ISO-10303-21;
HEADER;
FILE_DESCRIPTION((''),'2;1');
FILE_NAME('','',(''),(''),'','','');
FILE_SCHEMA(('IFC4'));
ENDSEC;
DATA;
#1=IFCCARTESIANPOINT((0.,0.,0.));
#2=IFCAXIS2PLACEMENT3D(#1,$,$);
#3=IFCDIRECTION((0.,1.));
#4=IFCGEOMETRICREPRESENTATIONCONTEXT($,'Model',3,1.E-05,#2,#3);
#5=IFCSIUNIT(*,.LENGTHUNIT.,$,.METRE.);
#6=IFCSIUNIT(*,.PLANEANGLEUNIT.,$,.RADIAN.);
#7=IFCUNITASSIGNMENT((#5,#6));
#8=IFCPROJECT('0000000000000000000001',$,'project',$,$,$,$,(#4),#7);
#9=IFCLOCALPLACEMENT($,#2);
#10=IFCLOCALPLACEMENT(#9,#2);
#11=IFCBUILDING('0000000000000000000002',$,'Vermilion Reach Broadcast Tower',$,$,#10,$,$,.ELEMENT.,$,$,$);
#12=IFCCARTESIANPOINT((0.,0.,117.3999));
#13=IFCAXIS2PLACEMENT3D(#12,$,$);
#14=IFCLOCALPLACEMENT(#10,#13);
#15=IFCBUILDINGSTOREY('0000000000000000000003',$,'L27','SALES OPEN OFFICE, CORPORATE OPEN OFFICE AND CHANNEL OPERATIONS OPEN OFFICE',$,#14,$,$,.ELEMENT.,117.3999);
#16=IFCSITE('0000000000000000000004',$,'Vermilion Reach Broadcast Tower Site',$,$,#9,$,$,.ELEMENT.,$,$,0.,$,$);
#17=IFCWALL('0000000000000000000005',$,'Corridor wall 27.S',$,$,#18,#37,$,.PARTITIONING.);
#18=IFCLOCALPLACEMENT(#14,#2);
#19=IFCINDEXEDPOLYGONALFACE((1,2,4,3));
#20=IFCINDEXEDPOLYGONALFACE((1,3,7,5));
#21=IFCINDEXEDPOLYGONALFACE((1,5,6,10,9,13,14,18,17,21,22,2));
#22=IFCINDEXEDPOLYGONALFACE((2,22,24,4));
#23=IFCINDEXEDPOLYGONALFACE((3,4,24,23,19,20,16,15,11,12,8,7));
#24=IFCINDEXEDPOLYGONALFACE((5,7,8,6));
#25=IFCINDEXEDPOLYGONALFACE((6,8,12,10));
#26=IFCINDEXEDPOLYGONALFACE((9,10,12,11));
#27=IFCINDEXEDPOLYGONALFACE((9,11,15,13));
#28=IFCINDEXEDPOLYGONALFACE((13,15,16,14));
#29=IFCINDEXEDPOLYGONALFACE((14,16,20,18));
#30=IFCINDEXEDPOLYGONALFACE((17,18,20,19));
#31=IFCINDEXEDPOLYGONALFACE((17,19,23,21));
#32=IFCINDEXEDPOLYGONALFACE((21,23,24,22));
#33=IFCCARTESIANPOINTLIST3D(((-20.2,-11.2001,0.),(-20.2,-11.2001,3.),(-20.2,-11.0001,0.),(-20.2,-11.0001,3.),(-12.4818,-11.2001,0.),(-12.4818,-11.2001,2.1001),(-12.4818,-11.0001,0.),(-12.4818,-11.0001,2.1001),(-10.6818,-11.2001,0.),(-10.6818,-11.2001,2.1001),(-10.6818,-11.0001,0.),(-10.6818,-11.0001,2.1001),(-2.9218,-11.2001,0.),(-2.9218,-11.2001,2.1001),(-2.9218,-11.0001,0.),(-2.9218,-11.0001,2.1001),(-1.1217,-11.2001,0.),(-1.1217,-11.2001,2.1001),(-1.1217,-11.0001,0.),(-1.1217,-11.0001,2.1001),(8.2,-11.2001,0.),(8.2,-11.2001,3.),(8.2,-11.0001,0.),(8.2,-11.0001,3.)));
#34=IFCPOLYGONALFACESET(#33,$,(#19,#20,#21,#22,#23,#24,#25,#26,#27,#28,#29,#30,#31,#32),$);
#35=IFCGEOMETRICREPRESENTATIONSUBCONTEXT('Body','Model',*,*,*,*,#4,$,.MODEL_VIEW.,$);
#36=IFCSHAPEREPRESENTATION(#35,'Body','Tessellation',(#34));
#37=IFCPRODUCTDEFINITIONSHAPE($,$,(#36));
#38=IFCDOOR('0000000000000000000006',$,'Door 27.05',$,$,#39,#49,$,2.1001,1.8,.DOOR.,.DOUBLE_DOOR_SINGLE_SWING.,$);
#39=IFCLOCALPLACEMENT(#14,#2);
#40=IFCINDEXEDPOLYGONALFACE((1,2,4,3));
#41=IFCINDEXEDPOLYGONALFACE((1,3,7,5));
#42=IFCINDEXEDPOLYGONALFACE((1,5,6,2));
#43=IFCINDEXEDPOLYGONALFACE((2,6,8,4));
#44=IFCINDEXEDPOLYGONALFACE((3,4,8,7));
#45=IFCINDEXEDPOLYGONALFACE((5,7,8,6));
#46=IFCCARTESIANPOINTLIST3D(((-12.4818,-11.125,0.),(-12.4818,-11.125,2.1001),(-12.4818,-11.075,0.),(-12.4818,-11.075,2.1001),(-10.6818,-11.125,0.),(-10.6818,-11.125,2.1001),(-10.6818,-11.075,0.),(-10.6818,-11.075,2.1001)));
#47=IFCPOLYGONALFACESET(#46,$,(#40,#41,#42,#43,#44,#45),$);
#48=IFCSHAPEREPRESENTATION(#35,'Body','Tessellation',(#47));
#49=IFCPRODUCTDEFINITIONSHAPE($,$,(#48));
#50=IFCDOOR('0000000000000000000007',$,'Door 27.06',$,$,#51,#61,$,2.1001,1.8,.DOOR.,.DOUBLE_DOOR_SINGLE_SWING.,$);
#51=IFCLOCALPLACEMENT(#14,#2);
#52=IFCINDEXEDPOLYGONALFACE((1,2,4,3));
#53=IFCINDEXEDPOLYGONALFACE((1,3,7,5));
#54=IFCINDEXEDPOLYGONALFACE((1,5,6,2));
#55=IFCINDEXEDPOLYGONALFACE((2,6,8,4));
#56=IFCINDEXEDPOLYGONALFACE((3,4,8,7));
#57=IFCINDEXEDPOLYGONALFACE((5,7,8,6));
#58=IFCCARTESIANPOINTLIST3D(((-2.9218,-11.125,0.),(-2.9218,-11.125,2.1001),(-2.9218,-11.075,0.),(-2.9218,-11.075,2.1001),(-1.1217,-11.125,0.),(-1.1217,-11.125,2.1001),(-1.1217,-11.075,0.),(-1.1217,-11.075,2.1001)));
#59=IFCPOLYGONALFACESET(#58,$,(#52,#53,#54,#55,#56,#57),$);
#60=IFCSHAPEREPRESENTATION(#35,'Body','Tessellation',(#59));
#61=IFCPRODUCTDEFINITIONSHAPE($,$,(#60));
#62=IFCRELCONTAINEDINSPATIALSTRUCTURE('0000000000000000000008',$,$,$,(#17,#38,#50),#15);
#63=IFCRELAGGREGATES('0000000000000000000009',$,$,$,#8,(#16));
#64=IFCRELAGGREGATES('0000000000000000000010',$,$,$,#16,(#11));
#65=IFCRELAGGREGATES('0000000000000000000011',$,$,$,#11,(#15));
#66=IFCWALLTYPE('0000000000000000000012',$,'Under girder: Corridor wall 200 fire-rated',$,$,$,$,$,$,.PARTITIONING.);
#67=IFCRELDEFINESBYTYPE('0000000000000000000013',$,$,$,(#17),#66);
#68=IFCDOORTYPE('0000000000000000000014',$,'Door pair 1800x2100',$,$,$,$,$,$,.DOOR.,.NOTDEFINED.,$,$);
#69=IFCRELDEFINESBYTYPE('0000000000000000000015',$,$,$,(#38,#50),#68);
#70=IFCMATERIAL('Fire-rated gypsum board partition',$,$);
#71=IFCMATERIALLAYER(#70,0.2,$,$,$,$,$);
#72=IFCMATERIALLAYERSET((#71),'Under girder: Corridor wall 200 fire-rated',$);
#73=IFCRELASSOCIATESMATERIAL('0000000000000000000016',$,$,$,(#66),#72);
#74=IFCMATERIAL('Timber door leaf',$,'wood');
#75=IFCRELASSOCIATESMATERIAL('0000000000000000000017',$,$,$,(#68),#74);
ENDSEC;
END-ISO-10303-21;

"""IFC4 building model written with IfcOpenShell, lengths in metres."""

from ifc_helpers import new_model, si_unit, direction, frame, frame_2d, origin, place, context, subcontext, project, spatial, rectangle, extrude, material, layer, layer_set, type_object, element, fill, save


model = new_model("IFC4")

# Units and contexts
model_context = context("Model", 3, precision=1e-05, world=origin(), true_north=direction((0.0, 1.0)))
body_context = subcontext(model_context, "Body", "Model", "MODEL_VIEW")
ifc_project = project(units=[si_unit("LENGTHUNIT", "METRE"), si_unit("PLANEANGLEUNIT", "RADIAN")], contexts=[model_context])

# Site, building, storey
site_placement = place(None, origin())
site = spatial("IfcSite", under=ifc_project, at=site_placement, Name="Vermilion Reach Broadcast Tower Site", CompositionType="ELEMENT", RefElevation=0.0)
building_placement = place(site_placement, origin())
building = spatial("IfcBuilding", under=site, at=building_placement, Name="Vermilion Reach Broadcast Tower", CompositionType="ELEMENT")
storey_placement = place(building_placement, frame((0.0, 0.0, 117.3999)))
storey = spatial("IfcBuildingStorey", under=building, at=storey_placement, Name="L27", Description="SALES OPEN OFFICE, CORPORATE OPEN OFFICE AND CHANNEL OPERATIONS OPEN OFFICE", CompositionType="ELEMENT", Elevation=117.3999)

# Wall, openings, doors
ifc_material_1 = material(Name="Fire-rated gypsum board partition")
ifc_layer_1 = layer(ifc_material_1, 0.2)
ifc_layer_set_1 = layer_set([ifc_layer_1], Name="Under girder: Corridor wall 200 fire-rated")
wall_type_1 = type_object("IfcWallType", Name="Under girder: Corridor wall 200 fire-rated", PredefinedType="PARTITIONING", material=ifc_layer_set_1)
wall_1_placement = place(storey_placement, frame((8.2, -11.1001, 0.0), z_axis=(0.0, 0.0, 1.0), x_axis=(-1.0, 0.0, 0.0)))
wall_1 = element("IfcWall", 1, at=wall_1_placement, inside=storey, type_object=wall_type_1, Name="Corridor wall 27.S", PredefinedType="PARTITIONING", context=body_context, shape_type="SweptSolid", body=[
    extrude(rectangle(XDim=28.3999, YDim=0.2, at=frame_2d((14.2, 0.0))), origin(), (0.0, 0.0, 1.0), 3.0),
])
opening_1_placement = place(wall_1_placement, frame((18.8818, 0.0, 0.0)))
opening_1 = element("IfcOpeningElement", 2, at=opening_1_placement, cuts=wall_1, PredefinedType="OPENING", context=body_context, shape_type="SweptSolid", body=[
    extrude(rectangle(XDim=1.8, YDim=2.1001, at=frame_2d((0.8999, 1.05))), frame((0.0, 0.1099, 0.0), z_axis=(0.0, -1.0, 0.0), x_axis=(1.0, 0.0, 0.0)), (0.0, 0.0, 1.0), 0.22),
])
opening_2_placement = place(wall_1_placement, frame((9.3218, 0.0, 0.0)))
opening_2 = element("IfcOpeningElement", 3, at=opening_2_placement, cuts=wall_1, PredefinedType="OPENING", context=body_context, shape_type="SweptSolid", body=[
    extrude(rectangle(XDim=1.8, YDim=2.1001, at=frame_2d((0.8999, 1.05))), frame((0.0, 0.1099, 0.0), z_axis=(0.0, -1.0, 0.0), x_axis=(1.0, 0.0, 0.0)), (0.0, 0.0, 1.0), 0.22),
])
ifc_material_2 = material(Name="Timber door leaf", Category="wood")
door_type_1 = type_object("IfcDoorType", Name="Door pair 1800x2100", OperationType="NOTDEFINED", PredefinedType="DOOR", material=ifc_material_2)
door_1_placement = place(opening_1_placement, origin())
door_1 = element("IfcDoor", 4, at=door_1_placement, inside=storey, type_object=door_type_1, Name="Door 27.05", OperationType="DOUBLE_DOOR_SINGLE_SWING", OverallHeight=2.1001, OverallWidth=1.8, PredefinedType="DOOR", context=body_context, shape_type="SweptSolid", body=[
    extrude(rectangle(XDim=1.8, YDim=2.1001, at=frame_2d((0.8999, 1.05))), frame((0.0, 0.0249, 0.0), z_axis=(0.0, -1.0, 0.0), x_axis=(1.0, 0.0, 0.0)), (0.0, 0.0, 1.0), 0.05),
])
fill(opening_1, door_1)
door_2_placement = place(opening_2_placement, origin())
door_2 = element("IfcDoor", 5, at=door_2_placement, inside=storey, type_object=door_type_1, Name="Door 27.06", OperationType="DOUBLE_DOOR_SINGLE_SWING", OverallHeight=2.1001, OverallWidth=1.8, PredefinedType="DOOR", context=body_context, shape_type="SweptSolid", body=[
    extrude(rectangle(XDim=1.8, YDim=2.1001, at=frame_2d((0.8999, 1.05))), frame((0.0, 0.0249, 0.0), z_axis=(0.0, -1.0, 0.0), x_axis=(1.0, 0.0, 0.0)), (0.0, 0.0, 1.0), 0.05),
])
fill(opening_2, door_2)

save(model, "model.ifc")
